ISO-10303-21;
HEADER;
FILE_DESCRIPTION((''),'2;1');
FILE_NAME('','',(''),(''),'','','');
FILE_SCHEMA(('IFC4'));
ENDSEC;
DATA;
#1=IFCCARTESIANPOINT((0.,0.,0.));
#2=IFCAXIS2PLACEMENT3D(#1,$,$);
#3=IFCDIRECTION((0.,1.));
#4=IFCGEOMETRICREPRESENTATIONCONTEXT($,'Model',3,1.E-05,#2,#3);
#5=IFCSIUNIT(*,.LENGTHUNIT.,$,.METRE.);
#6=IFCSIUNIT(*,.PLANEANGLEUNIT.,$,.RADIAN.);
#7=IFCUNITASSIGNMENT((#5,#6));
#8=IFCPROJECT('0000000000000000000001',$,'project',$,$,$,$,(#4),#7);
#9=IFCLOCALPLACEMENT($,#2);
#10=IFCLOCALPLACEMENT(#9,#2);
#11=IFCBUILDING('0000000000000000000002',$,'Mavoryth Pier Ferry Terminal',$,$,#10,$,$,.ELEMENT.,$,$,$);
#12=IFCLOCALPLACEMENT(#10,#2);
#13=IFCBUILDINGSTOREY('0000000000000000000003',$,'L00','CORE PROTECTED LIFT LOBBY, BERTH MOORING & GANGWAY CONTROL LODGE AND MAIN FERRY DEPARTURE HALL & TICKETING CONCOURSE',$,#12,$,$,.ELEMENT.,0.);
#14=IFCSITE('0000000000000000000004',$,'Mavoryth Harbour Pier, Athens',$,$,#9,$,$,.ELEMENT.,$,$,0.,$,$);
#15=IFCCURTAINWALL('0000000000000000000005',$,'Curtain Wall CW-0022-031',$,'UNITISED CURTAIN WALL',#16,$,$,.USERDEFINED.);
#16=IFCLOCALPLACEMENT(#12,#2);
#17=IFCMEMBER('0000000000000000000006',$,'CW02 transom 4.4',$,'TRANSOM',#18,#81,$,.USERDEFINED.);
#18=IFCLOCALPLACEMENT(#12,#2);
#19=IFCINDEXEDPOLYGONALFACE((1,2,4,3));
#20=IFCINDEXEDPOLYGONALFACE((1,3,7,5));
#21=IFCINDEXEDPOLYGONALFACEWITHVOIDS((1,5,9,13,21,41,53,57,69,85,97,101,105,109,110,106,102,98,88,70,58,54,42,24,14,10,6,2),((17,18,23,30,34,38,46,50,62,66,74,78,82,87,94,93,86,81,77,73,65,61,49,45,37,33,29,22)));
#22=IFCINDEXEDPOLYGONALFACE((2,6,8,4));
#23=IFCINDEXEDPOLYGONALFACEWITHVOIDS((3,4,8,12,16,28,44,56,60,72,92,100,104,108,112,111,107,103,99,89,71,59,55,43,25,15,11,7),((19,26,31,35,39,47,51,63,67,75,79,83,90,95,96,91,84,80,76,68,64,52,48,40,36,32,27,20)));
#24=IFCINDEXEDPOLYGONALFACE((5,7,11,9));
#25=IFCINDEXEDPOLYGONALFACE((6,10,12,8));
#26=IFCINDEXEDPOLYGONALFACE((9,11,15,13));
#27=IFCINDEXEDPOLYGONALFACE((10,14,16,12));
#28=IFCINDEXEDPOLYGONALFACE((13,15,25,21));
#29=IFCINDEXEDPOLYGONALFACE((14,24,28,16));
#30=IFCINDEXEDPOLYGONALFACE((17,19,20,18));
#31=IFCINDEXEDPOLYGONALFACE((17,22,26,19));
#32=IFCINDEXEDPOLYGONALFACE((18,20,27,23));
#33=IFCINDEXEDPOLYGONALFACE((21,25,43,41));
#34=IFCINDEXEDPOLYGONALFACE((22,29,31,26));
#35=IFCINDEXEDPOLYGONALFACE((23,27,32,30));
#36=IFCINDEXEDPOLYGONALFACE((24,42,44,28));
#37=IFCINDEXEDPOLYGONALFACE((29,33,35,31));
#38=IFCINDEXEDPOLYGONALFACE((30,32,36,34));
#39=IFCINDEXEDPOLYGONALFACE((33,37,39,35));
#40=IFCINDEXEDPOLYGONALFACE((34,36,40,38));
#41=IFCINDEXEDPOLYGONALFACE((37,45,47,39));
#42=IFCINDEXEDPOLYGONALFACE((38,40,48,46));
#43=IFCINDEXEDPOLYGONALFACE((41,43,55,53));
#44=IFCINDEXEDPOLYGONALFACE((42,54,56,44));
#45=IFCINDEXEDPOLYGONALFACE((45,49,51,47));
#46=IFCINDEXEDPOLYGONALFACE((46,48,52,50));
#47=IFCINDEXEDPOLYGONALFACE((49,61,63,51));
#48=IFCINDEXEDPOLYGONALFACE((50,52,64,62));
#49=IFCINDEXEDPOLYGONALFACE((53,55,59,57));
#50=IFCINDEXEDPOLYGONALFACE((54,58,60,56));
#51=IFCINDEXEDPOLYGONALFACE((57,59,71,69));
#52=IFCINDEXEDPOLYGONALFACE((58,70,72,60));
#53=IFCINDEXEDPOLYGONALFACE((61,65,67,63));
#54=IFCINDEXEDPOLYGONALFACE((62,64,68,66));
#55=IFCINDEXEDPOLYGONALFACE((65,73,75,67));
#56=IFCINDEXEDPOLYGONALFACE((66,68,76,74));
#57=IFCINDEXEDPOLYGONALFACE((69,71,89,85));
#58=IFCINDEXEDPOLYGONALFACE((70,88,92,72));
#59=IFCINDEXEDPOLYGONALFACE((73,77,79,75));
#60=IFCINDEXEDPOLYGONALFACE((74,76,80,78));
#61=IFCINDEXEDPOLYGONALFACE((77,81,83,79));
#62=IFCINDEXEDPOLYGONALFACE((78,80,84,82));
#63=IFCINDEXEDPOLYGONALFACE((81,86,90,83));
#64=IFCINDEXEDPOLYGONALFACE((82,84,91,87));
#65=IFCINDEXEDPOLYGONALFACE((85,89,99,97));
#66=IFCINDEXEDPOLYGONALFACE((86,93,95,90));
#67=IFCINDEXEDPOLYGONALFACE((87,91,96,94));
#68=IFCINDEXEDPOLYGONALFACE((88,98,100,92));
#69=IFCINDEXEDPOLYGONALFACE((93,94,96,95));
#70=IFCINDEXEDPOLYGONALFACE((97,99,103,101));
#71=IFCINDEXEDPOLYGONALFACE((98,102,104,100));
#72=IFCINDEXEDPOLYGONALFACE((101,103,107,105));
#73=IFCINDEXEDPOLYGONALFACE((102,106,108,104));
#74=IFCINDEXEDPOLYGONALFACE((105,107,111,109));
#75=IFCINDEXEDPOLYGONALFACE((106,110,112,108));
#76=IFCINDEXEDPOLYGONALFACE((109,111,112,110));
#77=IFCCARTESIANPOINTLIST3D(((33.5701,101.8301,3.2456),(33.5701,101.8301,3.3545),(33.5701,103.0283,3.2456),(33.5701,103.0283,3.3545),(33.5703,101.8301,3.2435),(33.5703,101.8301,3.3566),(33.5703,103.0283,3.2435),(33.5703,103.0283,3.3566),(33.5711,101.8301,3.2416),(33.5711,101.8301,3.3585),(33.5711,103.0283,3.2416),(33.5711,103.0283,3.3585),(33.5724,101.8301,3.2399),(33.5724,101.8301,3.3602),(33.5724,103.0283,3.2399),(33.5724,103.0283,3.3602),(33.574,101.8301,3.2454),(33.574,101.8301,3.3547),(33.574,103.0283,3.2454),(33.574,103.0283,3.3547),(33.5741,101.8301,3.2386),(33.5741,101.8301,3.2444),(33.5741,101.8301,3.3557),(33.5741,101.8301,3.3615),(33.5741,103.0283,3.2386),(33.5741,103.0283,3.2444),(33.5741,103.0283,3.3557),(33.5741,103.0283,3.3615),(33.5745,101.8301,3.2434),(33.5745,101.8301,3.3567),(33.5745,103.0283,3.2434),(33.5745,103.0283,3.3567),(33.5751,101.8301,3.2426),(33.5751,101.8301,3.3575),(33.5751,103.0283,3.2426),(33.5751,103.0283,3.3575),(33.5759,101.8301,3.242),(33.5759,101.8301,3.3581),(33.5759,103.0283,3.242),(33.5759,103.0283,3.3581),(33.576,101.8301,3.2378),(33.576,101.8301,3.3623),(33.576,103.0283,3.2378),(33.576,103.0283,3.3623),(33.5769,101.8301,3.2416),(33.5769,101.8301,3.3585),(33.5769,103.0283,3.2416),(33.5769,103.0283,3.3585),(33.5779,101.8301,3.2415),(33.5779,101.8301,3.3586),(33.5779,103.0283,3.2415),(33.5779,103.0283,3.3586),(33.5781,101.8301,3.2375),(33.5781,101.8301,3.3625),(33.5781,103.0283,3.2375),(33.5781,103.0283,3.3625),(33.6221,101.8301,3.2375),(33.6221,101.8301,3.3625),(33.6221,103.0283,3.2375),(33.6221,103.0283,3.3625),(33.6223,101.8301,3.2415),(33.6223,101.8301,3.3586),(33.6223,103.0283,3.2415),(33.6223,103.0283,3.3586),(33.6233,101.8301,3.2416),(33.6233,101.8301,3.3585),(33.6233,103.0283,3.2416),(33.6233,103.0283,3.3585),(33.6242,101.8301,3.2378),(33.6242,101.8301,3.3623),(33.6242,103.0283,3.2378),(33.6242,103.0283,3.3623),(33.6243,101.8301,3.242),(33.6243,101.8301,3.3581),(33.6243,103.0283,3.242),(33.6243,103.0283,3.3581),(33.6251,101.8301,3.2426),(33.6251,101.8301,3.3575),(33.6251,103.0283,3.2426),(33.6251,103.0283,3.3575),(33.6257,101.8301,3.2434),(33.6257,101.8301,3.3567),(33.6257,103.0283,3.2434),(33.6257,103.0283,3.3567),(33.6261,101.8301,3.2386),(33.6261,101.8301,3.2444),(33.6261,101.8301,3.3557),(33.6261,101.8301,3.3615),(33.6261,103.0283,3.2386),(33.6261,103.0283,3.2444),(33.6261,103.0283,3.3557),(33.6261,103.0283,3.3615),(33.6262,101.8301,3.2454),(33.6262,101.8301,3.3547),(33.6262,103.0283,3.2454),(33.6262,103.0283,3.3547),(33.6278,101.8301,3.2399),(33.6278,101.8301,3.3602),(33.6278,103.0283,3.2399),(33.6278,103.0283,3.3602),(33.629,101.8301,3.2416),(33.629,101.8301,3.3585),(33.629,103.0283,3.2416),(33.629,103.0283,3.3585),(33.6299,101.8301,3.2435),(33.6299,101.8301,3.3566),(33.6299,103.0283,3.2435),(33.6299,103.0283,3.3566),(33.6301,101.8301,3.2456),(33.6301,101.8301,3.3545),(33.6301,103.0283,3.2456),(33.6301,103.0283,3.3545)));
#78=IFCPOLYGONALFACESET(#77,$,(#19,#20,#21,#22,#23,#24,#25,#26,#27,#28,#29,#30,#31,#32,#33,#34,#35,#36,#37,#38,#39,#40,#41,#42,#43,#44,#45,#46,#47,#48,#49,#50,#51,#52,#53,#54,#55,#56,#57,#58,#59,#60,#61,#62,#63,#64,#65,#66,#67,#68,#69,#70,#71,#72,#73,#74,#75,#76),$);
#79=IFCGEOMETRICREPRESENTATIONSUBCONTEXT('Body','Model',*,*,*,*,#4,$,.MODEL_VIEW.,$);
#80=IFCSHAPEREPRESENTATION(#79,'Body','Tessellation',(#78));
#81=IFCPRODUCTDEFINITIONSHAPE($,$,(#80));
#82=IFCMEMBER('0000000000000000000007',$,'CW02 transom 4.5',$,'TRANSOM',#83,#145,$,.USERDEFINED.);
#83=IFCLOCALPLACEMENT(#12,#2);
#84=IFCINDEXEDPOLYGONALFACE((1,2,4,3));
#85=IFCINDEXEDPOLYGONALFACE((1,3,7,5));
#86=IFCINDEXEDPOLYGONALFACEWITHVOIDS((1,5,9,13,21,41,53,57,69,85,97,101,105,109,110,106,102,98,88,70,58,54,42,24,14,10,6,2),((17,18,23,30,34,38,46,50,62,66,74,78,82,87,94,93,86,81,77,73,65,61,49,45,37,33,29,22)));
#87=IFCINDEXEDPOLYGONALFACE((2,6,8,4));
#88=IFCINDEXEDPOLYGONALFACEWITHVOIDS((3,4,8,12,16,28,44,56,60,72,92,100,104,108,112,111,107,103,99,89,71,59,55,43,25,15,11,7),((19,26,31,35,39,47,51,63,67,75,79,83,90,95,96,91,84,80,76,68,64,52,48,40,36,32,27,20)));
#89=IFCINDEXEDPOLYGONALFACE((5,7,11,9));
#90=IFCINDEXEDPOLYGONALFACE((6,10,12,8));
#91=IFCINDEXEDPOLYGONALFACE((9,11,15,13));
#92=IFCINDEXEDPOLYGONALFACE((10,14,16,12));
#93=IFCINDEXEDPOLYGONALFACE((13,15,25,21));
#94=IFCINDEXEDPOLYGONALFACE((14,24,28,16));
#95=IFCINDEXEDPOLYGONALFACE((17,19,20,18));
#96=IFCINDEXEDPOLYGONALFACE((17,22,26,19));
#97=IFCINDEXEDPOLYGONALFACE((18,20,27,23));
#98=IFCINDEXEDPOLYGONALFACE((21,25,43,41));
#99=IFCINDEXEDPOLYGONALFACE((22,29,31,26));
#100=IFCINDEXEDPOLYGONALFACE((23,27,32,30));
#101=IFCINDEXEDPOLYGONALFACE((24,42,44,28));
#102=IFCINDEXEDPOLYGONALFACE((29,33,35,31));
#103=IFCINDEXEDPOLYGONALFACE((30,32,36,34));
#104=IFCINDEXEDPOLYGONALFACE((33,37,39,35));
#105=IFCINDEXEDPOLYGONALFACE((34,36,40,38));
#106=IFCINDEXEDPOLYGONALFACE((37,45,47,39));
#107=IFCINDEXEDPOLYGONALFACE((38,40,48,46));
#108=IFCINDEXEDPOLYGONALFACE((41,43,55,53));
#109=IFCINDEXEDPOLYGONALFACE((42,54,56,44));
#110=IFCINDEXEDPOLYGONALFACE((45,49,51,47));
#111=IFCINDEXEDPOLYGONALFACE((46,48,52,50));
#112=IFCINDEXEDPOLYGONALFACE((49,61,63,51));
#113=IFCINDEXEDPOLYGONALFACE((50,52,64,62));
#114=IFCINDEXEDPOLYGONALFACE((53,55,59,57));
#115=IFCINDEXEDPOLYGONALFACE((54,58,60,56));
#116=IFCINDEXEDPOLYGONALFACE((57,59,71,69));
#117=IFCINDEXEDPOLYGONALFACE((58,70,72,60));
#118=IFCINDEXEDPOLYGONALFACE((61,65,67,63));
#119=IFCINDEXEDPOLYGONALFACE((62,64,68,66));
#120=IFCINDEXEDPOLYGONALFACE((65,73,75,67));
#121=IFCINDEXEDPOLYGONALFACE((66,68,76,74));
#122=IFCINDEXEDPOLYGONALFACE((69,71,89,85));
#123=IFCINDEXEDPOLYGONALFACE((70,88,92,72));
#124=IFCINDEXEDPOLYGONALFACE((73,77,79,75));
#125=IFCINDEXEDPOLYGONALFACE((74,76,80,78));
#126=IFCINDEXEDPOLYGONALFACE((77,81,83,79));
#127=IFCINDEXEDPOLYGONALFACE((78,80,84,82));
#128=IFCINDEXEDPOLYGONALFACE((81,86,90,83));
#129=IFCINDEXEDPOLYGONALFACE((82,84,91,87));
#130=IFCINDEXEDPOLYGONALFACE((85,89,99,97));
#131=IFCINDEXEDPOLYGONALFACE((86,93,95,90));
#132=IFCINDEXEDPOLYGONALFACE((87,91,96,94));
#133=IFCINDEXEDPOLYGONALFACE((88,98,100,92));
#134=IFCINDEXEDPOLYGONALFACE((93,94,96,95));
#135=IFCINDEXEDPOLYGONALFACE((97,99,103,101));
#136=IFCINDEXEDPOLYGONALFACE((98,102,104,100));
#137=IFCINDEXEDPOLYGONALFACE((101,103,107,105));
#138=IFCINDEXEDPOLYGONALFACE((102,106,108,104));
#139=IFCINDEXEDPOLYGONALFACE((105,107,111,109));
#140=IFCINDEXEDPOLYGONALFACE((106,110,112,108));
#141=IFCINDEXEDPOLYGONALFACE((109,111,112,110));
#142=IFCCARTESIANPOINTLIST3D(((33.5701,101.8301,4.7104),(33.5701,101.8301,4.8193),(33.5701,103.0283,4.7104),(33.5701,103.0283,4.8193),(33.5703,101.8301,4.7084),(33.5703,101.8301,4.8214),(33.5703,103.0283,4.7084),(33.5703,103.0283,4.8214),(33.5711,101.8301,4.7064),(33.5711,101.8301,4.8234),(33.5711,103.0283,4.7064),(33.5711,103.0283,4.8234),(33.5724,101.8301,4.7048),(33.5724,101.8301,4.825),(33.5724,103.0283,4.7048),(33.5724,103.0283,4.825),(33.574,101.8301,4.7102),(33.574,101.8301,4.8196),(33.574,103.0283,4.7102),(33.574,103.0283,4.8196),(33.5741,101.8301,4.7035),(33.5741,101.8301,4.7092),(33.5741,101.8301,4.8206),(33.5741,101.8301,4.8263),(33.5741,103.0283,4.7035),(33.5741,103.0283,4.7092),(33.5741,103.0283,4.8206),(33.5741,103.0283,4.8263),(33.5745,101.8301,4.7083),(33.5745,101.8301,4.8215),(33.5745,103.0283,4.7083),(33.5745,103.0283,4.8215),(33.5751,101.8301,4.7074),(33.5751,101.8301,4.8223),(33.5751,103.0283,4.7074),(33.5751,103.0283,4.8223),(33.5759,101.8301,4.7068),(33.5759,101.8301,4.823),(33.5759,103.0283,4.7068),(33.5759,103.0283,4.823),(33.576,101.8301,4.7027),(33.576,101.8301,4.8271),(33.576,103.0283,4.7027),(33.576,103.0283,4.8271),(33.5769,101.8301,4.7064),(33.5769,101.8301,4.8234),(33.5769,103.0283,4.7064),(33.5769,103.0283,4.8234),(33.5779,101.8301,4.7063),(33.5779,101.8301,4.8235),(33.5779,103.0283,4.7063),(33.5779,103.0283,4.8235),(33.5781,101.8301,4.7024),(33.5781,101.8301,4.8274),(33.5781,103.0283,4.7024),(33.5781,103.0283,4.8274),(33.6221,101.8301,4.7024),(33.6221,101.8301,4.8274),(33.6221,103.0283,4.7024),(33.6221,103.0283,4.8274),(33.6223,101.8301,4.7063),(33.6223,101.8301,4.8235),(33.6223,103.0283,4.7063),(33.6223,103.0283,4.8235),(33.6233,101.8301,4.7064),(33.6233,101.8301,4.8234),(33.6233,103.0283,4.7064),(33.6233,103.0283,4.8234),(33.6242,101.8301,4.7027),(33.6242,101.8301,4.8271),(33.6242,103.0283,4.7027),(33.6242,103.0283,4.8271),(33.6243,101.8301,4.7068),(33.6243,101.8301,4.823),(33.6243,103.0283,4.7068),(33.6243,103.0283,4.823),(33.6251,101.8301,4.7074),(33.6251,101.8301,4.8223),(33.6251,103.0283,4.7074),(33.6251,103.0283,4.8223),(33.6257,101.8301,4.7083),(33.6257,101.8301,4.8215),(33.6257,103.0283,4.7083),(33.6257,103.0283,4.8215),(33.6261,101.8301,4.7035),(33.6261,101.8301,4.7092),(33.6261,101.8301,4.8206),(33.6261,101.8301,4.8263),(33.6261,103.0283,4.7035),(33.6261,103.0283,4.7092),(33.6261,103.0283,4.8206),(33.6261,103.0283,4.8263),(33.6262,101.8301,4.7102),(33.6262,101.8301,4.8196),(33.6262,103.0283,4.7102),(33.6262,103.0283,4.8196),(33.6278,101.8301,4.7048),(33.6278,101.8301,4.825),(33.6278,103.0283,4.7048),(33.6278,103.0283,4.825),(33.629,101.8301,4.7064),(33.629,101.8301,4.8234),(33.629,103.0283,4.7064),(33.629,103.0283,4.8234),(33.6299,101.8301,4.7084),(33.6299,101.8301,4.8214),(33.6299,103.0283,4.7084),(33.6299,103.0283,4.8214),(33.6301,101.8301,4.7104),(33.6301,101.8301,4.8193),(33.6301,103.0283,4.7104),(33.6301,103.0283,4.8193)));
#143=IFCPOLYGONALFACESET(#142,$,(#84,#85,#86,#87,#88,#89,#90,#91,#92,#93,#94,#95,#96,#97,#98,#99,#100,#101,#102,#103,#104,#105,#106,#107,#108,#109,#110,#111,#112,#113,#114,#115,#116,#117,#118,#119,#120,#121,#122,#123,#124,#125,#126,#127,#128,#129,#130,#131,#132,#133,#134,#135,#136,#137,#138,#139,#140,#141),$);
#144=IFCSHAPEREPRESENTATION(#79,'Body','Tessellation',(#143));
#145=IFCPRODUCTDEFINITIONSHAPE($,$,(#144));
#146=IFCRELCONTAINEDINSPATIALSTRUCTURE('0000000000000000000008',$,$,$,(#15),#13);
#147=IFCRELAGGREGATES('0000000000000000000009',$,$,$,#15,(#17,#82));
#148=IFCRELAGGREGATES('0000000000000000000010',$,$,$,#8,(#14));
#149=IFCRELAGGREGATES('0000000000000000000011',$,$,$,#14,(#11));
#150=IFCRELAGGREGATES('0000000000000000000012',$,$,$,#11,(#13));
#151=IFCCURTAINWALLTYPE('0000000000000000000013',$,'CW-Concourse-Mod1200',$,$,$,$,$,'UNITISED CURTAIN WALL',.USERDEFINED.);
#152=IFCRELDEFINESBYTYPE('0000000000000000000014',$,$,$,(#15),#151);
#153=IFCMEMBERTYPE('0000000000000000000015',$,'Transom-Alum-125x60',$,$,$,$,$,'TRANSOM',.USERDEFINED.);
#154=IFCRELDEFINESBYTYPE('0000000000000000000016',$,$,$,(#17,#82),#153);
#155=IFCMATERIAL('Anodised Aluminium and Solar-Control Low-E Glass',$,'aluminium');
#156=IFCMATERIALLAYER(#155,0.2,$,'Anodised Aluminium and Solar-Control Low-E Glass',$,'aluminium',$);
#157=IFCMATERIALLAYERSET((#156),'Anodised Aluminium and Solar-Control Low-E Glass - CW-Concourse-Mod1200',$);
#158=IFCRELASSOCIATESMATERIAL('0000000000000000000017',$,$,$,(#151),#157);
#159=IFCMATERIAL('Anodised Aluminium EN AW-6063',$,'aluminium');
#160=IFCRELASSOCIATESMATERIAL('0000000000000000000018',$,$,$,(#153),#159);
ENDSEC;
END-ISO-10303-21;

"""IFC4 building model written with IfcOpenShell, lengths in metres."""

from ifc_helpers import new_model, si_unit, direction, frame, origin, origin_2d, place, context, subcontext, project, spatial, hollow_rectangle, extrude, material, layer, layer_set, material_profile, profile_set, type_object, element, aggregate, save


model = new_model("IFC4")

# Units and contexts
model_context = context("Model", 3, precision=1e-05, world=origin(), true_north=direction((0.0, 1.0)))
body_context = subcontext(model_context, "Body", "Model", "MODEL_VIEW")
ifc_project = project(units=[si_unit("LENGTHUNIT", "METRE"), si_unit("PLANEANGLEUNIT", "RADIAN")], contexts=[model_context])

# Site, building, storey
site_placement = place(None, origin())
site = spatial("IfcSite", under=ifc_project, at=site_placement, Name="Mavoryth Harbour Pier, Athens", CompositionType="ELEMENT", RefElevation=0.0)
building_placement = place(site_placement, origin())
building = spatial("IfcBuilding", under=site, at=building_placement, Name="Mavoryth Pier Ferry Terminal", CompositionType="ELEMENT")
storey_placement = place(building_placement, origin())
storey = spatial("IfcBuildingStorey", under=building, at=storey_placement, Name="L00", Description="CORE PROTECTED LIFT LOBBY, BERTH MOORING & GANGWAY CONTROL LODGE AND MAIN FERRY DEPARTURE HALL & TICKETING CONCOURSE", CompositionType="ELEMENT", Elevation=0.0)

# Curtain wall, members
ifc_material_1 = material(Name="Anodised Aluminium and Solar-Control Low-E Glass", Category="aluminium")
ifc_layer_1 = layer(ifc_material_1, 0.2, Name="Anodised Aluminium and Solar-Control Low-E Glass", Category="aluminium")
ifc_layer_set_1 = layer_set([ifc_layer_1], Name="Anodised Aluminium and Solar-Control Low-E Glass - CW-Concourse-Mod1200")
curtain_wall_type = type_object("IfcCurtainWallType", Name="CW-Concourse-Mod1200", ElementType="UNITISED CURTAIN WALL", PredefinedType="USERDEFINED", material=ifc_layer_set_1)
curtain_wall_placement = place(storey_placement, origin())
curtain_wall = element("IfcCurtainWall", 1, at=curtain_wall_placement, inside=storey, type_object=curtain_wall_type, Name="Curtain Wall CW-0022-031", ObjectType="UNITISED CURTAIN WALL", PredefinedType="USERDEFINED")
ifc_material_2 = material(Name="Anodised Aluminium EN AW-6063", Category="aluminium")
ifc_material_profile_1 = material_profile(ifc_material_2, hollow_rectangle(XDim=0.0601, YDim=0.125, WallThickness=0.0039, InnerFilletRadius=0.0039, OuterFilletRadius=0.0081, at=origin_2d()), Name="AL-TRAN 125x60x4", Category="aluminium")
ifc_profile_set_1 = profile_set([ifc_material_profile_1], Name="Anodised Aluminium EN AW-6063 - AL-TRAN 125x60x4")
member_type_1 = type_object("IfcMemberType", Name="Transom-Alum-125x60", ElementType="TRANSOM", PredefinedType="USERDEFINED", material=ifc_profile_set_1)
member_1_placement = place(storey_placement, frame((33.6001, 101.8301, 3.3), z_axis=(0.0, 1.0, 0.0), x_axis=(-1.0, 0.0, 0.0)))
member_1 = element("IfcMember", 2, at=member_1_placement, type_object=member_type_1, Name="CW02 transom 4.4", ObjectType="TRANSOM", PredefinedType="USERDEFINED", context=body_context, shape_type="SweptSolid", body=[
    extrude(hollow_rectangle(XDim=0.0601, YDim=0.125, WallThickness=0.0039, InnerFilletRadius=0.0039, OuterFilletRadius=0.0081, at=origin_2d()), origin(), (0.0, 0.0, 1.0), 1.1982),
])
member_2_placement = place(storey_placement, frame((33.6001, 101.8301, 4.7649), z_axis=(0.0, 1.0, 0.0), x_axis=(-1.0, 0.0, 0.0)))
member_2 = element("IfcMember", 3, at=member_2_placement, type_object=member_type_1, Name="CW02 transom 4.5", ObjectType="TRANSOM", PredefinedType="USERDEFINED", context=body_context, shape_type="SweptSolid", body=[
    extrude(hollow_rectangle(XDim=0.0601, YDim=0.125, WallThickness=0.0039, InnerFilletRadius=0.0039, OuterFilletRadius=0.0081, at=origin_2d()), origin(), (0.0, 0.0, 1.0), 1.1982),
])
aggregate(curtain_wall, [member_1, member_2])

save(model, "model.ifc")
